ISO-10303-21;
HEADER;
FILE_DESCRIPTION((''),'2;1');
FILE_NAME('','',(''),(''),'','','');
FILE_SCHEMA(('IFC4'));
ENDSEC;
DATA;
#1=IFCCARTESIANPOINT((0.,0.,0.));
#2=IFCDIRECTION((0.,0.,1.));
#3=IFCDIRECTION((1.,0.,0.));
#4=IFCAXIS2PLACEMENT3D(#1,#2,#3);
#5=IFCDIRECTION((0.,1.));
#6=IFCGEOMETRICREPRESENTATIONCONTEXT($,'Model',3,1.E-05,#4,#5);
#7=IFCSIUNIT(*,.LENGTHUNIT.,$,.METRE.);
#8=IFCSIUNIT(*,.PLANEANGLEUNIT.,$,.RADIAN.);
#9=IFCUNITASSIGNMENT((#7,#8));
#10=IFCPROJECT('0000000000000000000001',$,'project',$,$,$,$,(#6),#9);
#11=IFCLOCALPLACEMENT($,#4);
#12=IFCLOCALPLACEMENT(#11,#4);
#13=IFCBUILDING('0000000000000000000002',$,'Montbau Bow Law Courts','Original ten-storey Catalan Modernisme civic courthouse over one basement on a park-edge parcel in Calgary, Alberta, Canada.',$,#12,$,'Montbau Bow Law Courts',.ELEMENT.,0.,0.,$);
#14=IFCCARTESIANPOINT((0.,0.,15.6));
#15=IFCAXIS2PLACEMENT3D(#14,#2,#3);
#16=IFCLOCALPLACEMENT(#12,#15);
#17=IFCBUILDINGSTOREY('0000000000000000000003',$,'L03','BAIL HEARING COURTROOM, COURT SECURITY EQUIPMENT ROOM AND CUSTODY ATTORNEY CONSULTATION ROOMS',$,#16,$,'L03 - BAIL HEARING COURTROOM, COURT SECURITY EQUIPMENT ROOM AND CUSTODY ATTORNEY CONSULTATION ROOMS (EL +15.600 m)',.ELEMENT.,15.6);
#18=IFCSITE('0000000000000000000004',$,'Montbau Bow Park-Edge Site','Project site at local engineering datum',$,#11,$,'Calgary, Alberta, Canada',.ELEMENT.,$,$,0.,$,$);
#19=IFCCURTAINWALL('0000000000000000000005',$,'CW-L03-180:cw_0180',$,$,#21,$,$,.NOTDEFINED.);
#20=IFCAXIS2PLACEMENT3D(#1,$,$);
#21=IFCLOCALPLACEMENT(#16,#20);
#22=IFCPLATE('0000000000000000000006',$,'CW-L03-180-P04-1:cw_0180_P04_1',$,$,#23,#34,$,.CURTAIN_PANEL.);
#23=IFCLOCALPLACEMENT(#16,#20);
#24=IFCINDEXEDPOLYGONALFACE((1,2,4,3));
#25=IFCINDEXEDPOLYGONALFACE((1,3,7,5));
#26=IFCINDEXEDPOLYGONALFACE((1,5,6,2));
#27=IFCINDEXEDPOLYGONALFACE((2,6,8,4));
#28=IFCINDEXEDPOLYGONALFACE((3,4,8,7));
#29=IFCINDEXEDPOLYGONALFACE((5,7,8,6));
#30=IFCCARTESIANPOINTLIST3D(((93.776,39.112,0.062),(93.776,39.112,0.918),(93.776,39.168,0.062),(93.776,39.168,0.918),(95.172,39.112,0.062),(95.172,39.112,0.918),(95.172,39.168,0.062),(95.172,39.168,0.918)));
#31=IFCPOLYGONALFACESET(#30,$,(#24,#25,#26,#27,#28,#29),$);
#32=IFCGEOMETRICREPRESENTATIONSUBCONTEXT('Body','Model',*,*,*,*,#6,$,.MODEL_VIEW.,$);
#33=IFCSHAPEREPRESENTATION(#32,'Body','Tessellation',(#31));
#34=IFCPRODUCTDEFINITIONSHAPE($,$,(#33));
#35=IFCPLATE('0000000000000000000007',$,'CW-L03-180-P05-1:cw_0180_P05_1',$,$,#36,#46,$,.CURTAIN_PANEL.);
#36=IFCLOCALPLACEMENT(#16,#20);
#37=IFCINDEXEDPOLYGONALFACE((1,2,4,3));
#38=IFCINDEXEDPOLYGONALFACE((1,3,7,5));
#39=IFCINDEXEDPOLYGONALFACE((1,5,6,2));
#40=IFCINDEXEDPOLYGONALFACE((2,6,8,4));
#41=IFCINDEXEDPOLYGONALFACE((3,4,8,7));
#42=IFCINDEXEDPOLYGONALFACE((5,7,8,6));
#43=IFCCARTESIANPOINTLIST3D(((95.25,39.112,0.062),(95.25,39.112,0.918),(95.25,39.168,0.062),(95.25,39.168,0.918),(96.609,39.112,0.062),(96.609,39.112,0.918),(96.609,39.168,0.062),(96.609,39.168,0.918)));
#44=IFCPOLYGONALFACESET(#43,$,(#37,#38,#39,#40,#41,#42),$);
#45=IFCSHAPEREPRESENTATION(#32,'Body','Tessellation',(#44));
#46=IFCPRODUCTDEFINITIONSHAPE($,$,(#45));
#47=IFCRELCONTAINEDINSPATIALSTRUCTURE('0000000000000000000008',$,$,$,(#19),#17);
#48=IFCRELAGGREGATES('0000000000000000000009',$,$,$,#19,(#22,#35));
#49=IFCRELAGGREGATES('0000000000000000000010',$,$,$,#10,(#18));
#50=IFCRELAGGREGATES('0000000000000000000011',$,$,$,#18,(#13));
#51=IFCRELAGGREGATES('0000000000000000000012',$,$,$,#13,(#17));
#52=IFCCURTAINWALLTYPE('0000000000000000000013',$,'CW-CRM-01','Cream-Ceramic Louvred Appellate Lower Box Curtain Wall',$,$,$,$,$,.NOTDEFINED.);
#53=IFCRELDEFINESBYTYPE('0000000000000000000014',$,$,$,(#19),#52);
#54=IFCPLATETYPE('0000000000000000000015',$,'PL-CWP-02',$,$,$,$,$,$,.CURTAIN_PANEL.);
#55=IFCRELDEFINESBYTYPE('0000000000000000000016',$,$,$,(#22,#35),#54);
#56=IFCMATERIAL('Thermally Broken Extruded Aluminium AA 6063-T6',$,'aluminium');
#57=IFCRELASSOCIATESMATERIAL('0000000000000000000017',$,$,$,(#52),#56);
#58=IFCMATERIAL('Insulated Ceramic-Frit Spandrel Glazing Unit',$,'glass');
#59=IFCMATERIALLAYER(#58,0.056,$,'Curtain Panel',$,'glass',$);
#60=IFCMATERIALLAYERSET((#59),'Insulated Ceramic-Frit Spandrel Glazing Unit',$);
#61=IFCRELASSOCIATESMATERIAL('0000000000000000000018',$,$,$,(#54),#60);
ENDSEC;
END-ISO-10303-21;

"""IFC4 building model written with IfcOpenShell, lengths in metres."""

from ifc_helpers import new_model, si_unit, direction, frame, frame_2d, origin_with_axes, place, context, subcontext, project, spatial, rectangle, extrude, material, layer, layer_set, type_object, element, aggregate, save


model = new_model("IFC4")

# Units and contexts
model_context = context("Model", 3, precision=1e-05, world=origin_with_axes(), true_north=direction((0.0, 1.0)))
body_context = subcontext(model_context, "Body", "Model", "MODEL_VIEW")
ifc_project = project(units=[si_unit("LENGTHUNIT", "METRE"), si_unit("PLANEANGLEUNIT", "RADIAN")], contexts=[model_context])

# Site, building, storey
site_placement = place(None, origin_with_axes())
site = spatial("IfcSite", under=ifc_project, at=site_placement, Name="Montbau Bow Park-Edge Site", Description="Project site at local engineering datum", LongName="Calgary, Alberta, Canada", CompositionType="ELEMENT", RefElevation=0.0)
building_placement = place(site_placement, origin_with_axes())
building = spatial("IfcBuilding", under=site, at=building_placement, Name="Montbau Bow Law Courts", Description="Original ten-storey Catalan Modernisme civic courthouse over one basement on a park-edge parcel in Calgary, Alberta, Canada.", LongName="Montbau Bow Law Courts", CompositionType="ELEMENT", ElevationOfRefHeight=0.0, ElevationOfTerrain=0.0)
storey_placement = place(building_placement, frame((0.0, 0.0, 15.6), z_axis=(0.0, 0.0, 1.0), x_axis=(1.0, 0.0, 0.0)))
storey = spatial("IfcBuildingStorey", under=building, at=storey_placement, Name="L03", Description="BAIL HEARING COURTROOM, COURT SECURITY EQUIPMENT ROOM AND CUSTODY ATTORNEY CONSULTATION ROOMS", LongName="L03 - BAIL HEARING COURTROOM, COURT SECURITY EQUIPMENT ROOM AND CUSTODY ATTORNEY CONSULTATION ROOMS (EL +15.600 m)", CompositionType="ELEMENT", Elevation=15.6)

# Curtain wall, plates
ifc_material_1 = material(Name="Thermally Broken Extruded Aluminium AA 6063-T6", Category="aluminium")
curtain_wall_type = type_object("IfcCurtainWallType", Name="CW-CRM-01", Description="Cream-Ceramic Louvred Appellate Lower Box Curtain Wall", PredefinedType="NOTDEFINED", material=ifc_material_1)
curtain_wall_placement = place(None, frame((89.315, 39.14, 15.6), z_axis=(0.0, 0.0, 1.0), x_axis=(1.0, 0.0, 0.0)))
curtain_wall = element("IfcCurtainWall", 1, at=curtain_wall_placement, inside=storey, type_object=curtain_wall_type, Name="CW-L03-180:cw_0180", PredefinedType="NOTDEFINED")
ifc_material_2 = material(Name="Insulated Ceramic-Frit Spandrel Glazing Unit", Category="glass")
ifc_layer_1 = layer(ifc_material_2, 0.056, Name="Curtain Panel", Category="glass")
ifc_layer_set_1 = layer_set([ifc_layer_1], Name="Insulated Ceramic-Frit Spandrel Glazing Unit")
plate_type_1 = type_object("IfcPlateType", Name="PL-CWP-02", PredefinedType="CURTAIN_PANEL", material=ifc_layer_set_1)
plate_1_placement = place(None, frame((93.776, 39.14, 15.662), z_axis=(0.0, -1.0, 0.0), x_axis=(1.0, 0.0, 0.0)))
plate_1 = element("IfcPlate", 2, at=plate_1_placement, type_object=plate_type_1, Name="CW-L03-180-P04-1:cw_0180_P04_1", PredefinedType="CURTAIN_PANEL", context=body_context, shape_type="SweptSolid", body=[
    extrude(rectangle(XDim=1.396, YDim=0.856, at=frame_2d((0.698, 0.428), x_axis=(1.0, 0.0))), frame((0.0, 0.0, -0.028), z_axis=(0.0, 0.0, 1.0), x_axis=(1.0, 0.0, 0.0)), (0.0, 0.0, 1.0), 0.056),
])
plate_2_placement = place(None, frame((95.25, 39.14, 15.662), z_axis=(0.0, -1.0, 0.0), x_axis=(1.0, 0.0, 0.0)))
plate_2 = element("IfcPlate", 3, at=plate_2_placement, type_object=plate_type_1, Name="CW-L03-180-P05-1:cw_0180_P05_1", PredefinedType="CURTAIN_PANEL", context=body_context, shape_type="SweptSolid", body=[
    extrude(rectangle(XDim=1.359, YDim=0.856, at=frame_2d((0.6795, 0.428), x_axis=(1.0, 0.0))), frame((0.0, 0.0, -0.028), z_axis=(0.0, 0.0, 1.0), x_axis=(1.0, 0.0, 0.0)), (0.0, 0.0, 1.0), 0.056),
])
aggregate(curtain_wall, [plate_1, plate_2])

save(model, "model.ifc")
